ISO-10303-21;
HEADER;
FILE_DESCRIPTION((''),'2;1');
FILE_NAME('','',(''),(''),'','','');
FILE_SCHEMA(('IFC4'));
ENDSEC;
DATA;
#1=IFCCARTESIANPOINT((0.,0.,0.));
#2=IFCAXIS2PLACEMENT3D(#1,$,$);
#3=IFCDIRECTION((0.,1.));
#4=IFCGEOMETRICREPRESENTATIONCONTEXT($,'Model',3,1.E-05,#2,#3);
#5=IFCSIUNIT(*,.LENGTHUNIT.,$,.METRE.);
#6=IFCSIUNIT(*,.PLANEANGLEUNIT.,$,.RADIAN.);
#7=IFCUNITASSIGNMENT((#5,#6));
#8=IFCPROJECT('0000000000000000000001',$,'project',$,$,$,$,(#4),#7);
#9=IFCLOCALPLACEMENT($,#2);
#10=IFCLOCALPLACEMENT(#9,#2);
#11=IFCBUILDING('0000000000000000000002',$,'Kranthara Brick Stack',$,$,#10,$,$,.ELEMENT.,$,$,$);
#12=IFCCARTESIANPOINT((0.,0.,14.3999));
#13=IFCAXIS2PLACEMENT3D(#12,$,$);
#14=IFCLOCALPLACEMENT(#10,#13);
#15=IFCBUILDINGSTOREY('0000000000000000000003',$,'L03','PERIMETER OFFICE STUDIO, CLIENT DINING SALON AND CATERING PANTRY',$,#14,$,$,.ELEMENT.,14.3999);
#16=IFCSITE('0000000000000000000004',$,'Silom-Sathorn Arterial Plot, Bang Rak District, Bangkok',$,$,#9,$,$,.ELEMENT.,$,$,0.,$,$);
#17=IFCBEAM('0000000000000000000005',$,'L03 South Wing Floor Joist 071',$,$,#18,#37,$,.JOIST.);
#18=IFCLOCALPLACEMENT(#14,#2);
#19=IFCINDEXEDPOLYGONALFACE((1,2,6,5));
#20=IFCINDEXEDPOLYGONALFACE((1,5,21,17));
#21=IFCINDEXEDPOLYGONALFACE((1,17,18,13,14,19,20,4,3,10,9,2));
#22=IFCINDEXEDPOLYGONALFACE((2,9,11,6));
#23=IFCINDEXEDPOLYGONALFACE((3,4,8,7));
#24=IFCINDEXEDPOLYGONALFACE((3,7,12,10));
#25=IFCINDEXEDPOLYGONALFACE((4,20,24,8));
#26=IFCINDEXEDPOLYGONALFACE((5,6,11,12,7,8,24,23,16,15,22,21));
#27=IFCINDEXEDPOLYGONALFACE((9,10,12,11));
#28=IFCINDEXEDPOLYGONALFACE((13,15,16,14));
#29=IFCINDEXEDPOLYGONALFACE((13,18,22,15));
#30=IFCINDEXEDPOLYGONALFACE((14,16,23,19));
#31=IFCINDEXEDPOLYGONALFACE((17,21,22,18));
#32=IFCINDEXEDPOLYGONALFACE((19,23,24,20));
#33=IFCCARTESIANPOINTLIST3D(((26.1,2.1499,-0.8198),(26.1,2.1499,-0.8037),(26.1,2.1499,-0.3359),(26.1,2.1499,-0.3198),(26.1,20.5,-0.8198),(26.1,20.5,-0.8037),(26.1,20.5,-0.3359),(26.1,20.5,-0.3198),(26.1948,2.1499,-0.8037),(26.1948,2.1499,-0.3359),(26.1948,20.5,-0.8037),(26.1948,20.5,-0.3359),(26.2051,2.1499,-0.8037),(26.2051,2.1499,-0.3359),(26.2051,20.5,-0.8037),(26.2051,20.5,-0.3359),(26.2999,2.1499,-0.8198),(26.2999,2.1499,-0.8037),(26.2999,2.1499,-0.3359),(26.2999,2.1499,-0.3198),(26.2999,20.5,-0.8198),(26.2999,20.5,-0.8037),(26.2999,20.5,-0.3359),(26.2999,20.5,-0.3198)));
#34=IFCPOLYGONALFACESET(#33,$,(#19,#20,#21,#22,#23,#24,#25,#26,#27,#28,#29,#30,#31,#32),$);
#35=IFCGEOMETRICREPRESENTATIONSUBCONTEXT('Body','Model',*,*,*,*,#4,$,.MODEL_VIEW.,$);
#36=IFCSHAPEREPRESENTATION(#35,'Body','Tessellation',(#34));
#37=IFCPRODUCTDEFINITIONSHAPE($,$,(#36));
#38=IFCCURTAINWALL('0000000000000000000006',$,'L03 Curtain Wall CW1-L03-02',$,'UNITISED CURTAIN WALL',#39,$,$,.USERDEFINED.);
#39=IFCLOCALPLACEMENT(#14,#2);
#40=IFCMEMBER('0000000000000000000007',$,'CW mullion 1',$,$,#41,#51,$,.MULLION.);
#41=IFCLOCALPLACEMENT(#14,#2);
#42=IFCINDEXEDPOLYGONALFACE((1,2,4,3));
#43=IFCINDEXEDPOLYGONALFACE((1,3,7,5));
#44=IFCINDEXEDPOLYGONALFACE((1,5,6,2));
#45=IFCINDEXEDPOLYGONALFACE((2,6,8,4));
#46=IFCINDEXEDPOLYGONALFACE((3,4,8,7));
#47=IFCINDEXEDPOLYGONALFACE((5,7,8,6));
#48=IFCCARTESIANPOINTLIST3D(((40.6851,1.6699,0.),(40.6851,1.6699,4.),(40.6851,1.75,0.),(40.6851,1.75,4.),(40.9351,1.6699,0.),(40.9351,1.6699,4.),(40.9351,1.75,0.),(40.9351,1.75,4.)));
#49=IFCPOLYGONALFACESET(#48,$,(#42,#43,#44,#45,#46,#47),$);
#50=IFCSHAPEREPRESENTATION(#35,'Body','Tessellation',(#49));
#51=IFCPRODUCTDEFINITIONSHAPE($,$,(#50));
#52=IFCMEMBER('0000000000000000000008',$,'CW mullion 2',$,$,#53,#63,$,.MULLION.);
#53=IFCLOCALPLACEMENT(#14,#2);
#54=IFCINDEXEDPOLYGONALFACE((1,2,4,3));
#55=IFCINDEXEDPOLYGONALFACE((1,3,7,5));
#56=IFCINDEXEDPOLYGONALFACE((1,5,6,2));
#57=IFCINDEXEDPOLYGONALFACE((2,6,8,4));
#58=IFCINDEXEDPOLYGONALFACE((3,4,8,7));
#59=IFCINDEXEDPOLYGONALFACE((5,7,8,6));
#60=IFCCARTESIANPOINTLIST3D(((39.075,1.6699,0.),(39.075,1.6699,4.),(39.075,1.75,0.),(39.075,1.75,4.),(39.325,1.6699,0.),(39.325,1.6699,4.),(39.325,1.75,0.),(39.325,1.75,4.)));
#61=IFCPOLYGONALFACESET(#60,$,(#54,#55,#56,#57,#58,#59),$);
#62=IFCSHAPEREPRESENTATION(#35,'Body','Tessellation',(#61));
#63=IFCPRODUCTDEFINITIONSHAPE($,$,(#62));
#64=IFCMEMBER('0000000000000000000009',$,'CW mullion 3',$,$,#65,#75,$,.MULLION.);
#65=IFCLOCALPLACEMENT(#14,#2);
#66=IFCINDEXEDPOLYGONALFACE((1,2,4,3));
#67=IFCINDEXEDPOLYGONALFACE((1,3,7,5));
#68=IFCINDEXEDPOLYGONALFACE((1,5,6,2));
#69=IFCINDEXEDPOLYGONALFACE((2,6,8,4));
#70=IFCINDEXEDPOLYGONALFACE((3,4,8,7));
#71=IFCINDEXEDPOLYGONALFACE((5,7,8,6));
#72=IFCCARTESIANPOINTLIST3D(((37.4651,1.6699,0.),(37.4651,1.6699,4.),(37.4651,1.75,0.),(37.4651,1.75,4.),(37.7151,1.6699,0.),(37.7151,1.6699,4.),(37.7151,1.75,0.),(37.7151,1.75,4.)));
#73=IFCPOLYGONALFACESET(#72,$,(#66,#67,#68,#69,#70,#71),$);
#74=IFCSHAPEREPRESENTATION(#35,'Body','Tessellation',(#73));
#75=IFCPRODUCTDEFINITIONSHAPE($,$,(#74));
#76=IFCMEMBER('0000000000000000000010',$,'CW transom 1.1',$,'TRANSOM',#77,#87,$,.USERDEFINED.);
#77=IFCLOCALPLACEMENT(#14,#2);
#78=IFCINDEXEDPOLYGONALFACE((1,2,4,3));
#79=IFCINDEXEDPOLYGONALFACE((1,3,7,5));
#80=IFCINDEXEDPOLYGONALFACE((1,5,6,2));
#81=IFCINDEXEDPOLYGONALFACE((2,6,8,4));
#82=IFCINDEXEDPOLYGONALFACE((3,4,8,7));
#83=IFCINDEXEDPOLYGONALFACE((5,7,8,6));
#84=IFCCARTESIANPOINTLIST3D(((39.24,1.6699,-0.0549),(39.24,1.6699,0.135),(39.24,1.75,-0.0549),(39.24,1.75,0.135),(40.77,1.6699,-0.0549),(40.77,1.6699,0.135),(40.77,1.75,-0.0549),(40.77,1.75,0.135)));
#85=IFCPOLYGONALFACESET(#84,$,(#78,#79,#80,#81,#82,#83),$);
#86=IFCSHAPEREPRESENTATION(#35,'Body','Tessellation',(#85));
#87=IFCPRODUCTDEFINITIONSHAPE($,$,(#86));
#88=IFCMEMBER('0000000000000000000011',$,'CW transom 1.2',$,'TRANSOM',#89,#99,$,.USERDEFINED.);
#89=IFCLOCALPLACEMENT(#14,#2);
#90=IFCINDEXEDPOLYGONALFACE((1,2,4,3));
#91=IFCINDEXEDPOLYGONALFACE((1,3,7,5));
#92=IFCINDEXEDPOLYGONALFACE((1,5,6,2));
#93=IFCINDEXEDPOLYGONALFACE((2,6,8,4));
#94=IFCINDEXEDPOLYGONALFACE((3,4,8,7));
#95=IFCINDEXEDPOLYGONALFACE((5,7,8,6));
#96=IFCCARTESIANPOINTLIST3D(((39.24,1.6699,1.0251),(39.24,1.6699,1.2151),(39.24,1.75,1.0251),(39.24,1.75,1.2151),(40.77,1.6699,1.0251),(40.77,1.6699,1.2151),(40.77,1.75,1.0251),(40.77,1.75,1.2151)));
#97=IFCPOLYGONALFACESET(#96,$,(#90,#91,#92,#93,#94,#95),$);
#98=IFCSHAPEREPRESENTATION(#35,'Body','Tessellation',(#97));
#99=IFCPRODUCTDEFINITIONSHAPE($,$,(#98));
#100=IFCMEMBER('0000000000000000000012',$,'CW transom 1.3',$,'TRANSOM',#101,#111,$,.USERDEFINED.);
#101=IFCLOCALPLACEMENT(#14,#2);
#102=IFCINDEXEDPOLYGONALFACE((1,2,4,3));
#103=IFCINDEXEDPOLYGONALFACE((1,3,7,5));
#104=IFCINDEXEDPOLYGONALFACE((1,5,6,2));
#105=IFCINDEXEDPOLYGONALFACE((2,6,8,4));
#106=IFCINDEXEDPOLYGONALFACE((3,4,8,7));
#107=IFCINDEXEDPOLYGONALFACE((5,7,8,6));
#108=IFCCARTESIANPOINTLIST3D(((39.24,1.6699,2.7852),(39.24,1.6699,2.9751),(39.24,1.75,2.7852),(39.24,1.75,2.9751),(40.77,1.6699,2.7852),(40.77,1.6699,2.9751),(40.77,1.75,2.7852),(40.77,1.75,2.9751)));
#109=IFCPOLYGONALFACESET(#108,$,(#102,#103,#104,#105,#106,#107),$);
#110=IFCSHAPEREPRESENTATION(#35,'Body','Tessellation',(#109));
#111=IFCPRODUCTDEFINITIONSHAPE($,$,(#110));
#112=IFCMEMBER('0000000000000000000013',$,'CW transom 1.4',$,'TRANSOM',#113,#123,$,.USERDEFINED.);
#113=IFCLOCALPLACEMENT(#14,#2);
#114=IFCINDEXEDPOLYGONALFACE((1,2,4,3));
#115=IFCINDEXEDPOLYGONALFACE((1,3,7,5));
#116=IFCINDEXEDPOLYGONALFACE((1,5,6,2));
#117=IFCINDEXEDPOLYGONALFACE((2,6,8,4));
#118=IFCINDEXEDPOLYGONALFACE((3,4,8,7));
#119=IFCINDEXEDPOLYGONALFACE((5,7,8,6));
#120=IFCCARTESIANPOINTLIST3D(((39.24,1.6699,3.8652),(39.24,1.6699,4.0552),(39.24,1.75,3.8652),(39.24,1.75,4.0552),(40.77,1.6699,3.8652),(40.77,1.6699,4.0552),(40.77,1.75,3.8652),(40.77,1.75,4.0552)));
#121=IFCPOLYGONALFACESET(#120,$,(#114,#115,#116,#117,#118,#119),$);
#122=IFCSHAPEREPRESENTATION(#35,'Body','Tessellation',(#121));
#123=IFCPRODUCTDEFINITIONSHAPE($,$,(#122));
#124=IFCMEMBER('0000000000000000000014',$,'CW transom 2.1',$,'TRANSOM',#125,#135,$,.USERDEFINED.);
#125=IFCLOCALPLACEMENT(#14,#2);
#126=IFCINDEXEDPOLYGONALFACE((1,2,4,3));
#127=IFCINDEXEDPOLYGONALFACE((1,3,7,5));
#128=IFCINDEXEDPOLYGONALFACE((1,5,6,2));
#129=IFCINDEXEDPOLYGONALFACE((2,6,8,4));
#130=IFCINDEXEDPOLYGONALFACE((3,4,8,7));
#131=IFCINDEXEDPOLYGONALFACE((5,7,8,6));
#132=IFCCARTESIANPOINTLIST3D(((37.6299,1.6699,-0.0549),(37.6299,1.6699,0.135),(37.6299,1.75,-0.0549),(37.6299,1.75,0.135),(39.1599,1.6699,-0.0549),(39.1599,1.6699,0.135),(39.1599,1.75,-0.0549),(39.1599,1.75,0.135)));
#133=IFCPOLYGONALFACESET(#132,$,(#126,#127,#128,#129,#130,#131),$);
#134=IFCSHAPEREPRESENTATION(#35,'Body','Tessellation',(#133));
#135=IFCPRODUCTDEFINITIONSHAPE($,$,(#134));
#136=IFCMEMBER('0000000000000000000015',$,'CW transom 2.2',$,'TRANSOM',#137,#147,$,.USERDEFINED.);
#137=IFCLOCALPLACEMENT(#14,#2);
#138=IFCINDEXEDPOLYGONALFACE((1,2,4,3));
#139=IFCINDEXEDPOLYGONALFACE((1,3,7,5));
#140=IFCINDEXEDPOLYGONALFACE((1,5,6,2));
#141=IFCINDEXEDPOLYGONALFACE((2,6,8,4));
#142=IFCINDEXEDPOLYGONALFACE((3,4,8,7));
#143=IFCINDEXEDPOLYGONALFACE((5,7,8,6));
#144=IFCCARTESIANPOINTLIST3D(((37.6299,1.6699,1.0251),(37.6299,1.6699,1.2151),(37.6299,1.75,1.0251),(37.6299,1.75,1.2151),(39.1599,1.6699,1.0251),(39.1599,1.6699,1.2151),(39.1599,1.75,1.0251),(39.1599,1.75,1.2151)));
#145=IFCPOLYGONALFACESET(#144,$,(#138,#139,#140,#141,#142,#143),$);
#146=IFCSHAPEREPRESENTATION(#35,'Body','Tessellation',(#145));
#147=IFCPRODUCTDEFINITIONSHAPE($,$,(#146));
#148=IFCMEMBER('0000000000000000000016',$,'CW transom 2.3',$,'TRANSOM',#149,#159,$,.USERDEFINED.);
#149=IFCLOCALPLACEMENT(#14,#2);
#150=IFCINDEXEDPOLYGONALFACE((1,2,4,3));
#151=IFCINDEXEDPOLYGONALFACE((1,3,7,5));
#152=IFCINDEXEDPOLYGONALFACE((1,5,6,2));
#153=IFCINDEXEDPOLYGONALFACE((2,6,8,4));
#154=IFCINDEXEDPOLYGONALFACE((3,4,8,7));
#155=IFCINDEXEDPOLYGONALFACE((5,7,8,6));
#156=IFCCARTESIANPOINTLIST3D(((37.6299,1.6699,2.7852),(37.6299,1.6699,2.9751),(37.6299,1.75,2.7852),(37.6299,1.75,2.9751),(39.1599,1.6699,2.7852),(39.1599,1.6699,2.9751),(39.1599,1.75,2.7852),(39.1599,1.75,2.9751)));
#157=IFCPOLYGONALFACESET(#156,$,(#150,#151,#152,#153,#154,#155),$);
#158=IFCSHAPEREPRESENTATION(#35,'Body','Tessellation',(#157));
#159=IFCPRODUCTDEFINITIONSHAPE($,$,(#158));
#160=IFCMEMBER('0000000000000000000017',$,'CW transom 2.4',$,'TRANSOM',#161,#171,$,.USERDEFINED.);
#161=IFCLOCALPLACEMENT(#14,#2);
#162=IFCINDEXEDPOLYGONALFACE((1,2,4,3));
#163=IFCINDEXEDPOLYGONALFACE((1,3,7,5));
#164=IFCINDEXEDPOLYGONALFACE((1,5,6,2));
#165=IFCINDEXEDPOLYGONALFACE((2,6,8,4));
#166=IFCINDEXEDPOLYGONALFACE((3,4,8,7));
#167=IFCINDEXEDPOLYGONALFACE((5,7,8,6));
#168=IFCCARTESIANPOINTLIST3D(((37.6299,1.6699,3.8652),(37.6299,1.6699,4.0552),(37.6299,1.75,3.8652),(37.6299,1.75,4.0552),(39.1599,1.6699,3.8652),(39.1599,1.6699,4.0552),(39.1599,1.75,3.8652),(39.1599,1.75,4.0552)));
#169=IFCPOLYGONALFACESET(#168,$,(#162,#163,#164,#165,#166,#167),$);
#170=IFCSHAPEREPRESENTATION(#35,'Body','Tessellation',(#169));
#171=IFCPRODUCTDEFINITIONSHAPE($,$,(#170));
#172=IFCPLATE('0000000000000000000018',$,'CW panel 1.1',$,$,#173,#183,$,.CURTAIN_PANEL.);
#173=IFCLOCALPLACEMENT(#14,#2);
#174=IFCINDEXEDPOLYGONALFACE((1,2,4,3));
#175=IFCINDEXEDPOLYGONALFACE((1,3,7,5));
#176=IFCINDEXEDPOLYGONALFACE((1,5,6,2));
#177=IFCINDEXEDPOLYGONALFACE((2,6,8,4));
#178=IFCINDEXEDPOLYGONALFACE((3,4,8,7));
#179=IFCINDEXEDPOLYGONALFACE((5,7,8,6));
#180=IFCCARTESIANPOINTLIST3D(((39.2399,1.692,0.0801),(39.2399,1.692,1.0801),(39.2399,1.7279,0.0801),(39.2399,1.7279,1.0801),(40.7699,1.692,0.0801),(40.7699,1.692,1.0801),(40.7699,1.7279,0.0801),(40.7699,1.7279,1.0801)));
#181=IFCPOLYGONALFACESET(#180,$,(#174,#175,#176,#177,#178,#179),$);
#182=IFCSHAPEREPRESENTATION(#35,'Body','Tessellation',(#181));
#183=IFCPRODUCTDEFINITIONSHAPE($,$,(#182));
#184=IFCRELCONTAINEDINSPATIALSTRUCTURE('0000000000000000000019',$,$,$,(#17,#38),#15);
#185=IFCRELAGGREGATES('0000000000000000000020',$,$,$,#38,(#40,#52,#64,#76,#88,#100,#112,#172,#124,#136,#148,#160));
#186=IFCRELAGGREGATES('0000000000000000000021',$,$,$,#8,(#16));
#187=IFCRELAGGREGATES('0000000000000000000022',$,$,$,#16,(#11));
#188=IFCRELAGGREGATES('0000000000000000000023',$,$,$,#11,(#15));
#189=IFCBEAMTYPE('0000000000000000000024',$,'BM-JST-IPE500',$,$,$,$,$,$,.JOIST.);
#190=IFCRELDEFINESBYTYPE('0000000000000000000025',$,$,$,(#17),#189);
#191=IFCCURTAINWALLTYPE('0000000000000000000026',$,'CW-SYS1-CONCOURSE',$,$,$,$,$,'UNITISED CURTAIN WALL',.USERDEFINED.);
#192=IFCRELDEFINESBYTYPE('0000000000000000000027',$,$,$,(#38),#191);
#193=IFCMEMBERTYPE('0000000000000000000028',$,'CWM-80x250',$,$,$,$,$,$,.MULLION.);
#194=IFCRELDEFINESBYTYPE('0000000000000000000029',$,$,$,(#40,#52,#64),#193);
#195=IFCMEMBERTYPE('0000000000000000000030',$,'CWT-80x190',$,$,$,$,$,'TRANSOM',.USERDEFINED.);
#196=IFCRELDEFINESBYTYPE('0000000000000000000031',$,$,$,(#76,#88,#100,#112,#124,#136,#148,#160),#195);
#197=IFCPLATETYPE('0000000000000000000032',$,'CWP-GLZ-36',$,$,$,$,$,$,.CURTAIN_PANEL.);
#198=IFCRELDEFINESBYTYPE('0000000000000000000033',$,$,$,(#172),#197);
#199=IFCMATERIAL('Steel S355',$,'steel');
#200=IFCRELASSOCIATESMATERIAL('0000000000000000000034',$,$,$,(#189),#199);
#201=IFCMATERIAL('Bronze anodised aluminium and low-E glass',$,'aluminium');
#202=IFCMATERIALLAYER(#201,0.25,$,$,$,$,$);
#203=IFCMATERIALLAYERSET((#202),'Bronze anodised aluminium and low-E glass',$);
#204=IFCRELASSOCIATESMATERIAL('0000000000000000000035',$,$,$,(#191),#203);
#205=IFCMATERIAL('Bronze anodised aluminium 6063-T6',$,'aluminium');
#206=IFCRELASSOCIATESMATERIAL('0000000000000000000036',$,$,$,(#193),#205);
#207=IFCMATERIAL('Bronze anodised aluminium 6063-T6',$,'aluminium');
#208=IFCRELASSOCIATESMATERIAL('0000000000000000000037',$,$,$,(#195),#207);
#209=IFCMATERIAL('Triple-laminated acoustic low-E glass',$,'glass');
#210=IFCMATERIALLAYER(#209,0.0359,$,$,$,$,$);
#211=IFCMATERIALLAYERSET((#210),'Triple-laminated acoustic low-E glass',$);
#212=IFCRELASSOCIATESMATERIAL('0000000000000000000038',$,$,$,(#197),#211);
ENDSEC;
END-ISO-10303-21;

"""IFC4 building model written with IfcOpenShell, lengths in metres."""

from ifc_helpers import new_model, si_unit, direction, frame, origin, origin_2d, place, context, subcontext, project, spatial, rectangle, i_section, extrude, material, layer, layer_set, material_profile, profile_set, type_object, element, aggregate, save


model = new_model("IFC4")

# Units and contexts
model_context = context("Model", 3, precision=1e-05, world=origin(), true_north=direction((0.0, 1.0)))
body_context = subcontext(model_context, "Body", "Model", "MODEL_VIEW")
ifc_project = project(units=[si_unit("LENGTHUNIT", "METRE"), si_unit("PLANEANGLEUNIT", "RADIAN")], contexts=[model_context])

# Site, building, storey
site_placement = place(None, origin())
site = spatial("IfcSite", under=ifc_project, at=site_placement, Name="Silom-Sathorn Arterial Plot, Bang Rak District, Bangkok", CompositionType="ELEMENT", RefElevation=0.0)
building_placement = place(site_placement, origin())
building = spatial("IfcBuilding", under=site, at=building_placement, Name="Kranthara Brick Stack", CompositionType="ELEMENT")
storey_placement = place(building_placement, frame((0.0, 0.0, 14.3999)))
storey = spatial("IfcBuildingStorey", under=building, at=storey_placement, Name="L03", Description="PERIMETER OFFICE STUDIO, CLIENT DINING SALON AND CATERING PANTRY", CompositionType="ELEMENT", Elevation=14.3999)

# Beam
ifc_material_1 = material(Name="Steel S355", Category="steel")
ifc_material_profile_1 = material_profile(ifc_material_1, i_section(OverallWidth=0.2, OverallDepth=0.5, WebThickness=0.0103, FlangeThickness=0.0161, at=origin_2d()), Name="IPE 500")
ifc_profile_set_1 = profile_set([ifc_material_profile_1], Name="Steel S355")
beam_type = type_object("IfcBeamType", Name="BM-JST-IPE500", PredefinedType="JOIST", material=ifc_profile_set_1)
beam_placement = place(storey_placement, frame((26.2, 2.1499, -0.5698), z_axis=(0.0, 1.0, 0.0), x_axis=(-1.0, 0.0, 0.0)))
element("IfcBeam", 1, at=beam_placement, inside=storey, type_object=beam_type, Name="L03 South Wing Floor Joist 071", PredefinedType="JOIST", context=body_context, shape_type="SweptSolid", body=[
    extrude(i_section(OverallWidth=0.2, OverallDepth=0.5, WebThickness=0.0103, FlangeThickness=0.0161, at=origin_2d()), origin(), (0.0, 0.0, 1.0), 18.3501),
])

# Curtain wall, members, plate
ifc_material_2 = material(Name="Bronze anodised aluminium and low-E glass", Category="aluminium")
ifc_layer_1 = layer(ifc_material_2, 0.25)
ifc_layer_set_1 = layer_set([ifc_layer_1], Name="Bronze anodised aluminium and low-E glass")
curtain_wall_type = type_object("IfcCurtainWallType", Name="CW-SYS1-CONCOURSE", ElementType="UNITISED CURTAIN WALL", PredefinedType="USERDEFINED", material=ifc_layer_set_1)
curtain_wall_placement = place(storey_placement, origin())
curtain_wall = element("IfcCurtainWall", 2, at=curtain_wall_placement, inside=storey, type_object=curtain_wall_type, Name="L03 Curtain Wall CW1-L03-02", ObjectType="UNITISED CURTAIN WALL", PredefinedType="USERDEFINED")
ifc_material_3 = material(Name="Bronze anodised aluminium 6063-T6", Category="aluminium")
ifc_material_profile_2 = material_profile(ifc_material_3, rectangle(XDim=0.0801, YDim=0.25, at=origin_2d()), Name="ALU MULLION 80x250")
ifc_profile_set_2 = profile_set([ifc_material_profile_2], Name="Bronze anodised aluminium 6063-T6")
member_type_1 = type_object("IfcMemberType", Name="CWM-80x250", PredefinedType="MULLION", material=ifc_profile_set_2)
member_1_placement = place(storey_placement, frame((40.8101, 1.71, 0.0), z_axis=(0.0, 0.0, 1.0), x_axis=(0.0, -1.0, 0.0)))
member_1 = element("IfcMember", 3, at=member_1_placement, type_object=member_type_1, Name="CW mullion 1", PredefinedType="MULLION", context=body_context, shape_type="SweptSolid", body=[
    extrude(rectangle(XDim=0.0801, YDim=0.25, at=origin_2d()), origin(), (0.0, 0.0, 1.0), 4.0),
])
member_2_placement = place(storey_placement, frame((39.2, 1.71, 0.0), z_axis=(0.0, 0.0, 1.0), x_axis=(0.0, -1.0, 0.0)))
member_2 = element("IfcMember", 4, at=member_2_placement, type_object=member_type_1, Name="CW mullion 2", PredefinedType="MULLION", context=body_context, shape_type="SweptSolid", body=[
    extrude(rectangle(XDim=0.0801, YDim=0.25, at=origin_2d()), origin(), (0.0, 0.0, 1.0), 4.0),
])
member_3_placement = place(storey_placement, frame((37.5901, 1.71, 0.0), z_axis=(0.0, 0.0, 1.0), x_axis=(0.0, -1.0, 0.0)))
member_3 = element("IfcMember", 5, at=member_3_placement, type_object=member_type_1, Name="CW mullion 3", PredefinedType="MULLION", context=body_context, shape_type="SweptSolid", body=[
    extrude(rectangle(XDim=0.0801, YDim=0.25, at=origin_2d()), origin(), (0.0, 0.0, 1.0), 4.0),
])
ifc_material_4 = material(Name="Bronze anodised aluminium 6063-T6", Category="aluminium")
ifc_material_profile_3 = material_profile(ifc_material_4, rectangle(XDim=0.0801, YDim=0.1899, at=origin_2d()), Name="ALU TRANSOM 80x190")
ifc_profile_set_3 = profile_set([ifc_material_profile_3], Name="Bronze anodised aluminium 6063-T6")
member_type_2 = type_object("IfcMemberType", Name="CWT-80x190", ElementType="TRANSOM", PredefinedType="USERDEFINED", material=ifc_profile_set_3)
member_4_placement = place(storey_placement, frame((40.77, 1.71, 0.04), z_axis=(-1.0, 0.0, 0.0), x_axis=(0.0, -1.0, 0.0)))
member_4 = element("IfcMember", 6, at=member_4_placement, type_object=member_type_2, Name="CW transom 1.1", ObjectType="TRANSOM", PredefinedType="USERDEFINED", context=body_context, shape_type="SweptSolid", body=[
    extrude(rectangle(XDim=0.0801, YDim=0.1899, at=origin_2d()), origin(), (0.0, 0.0, 1.0), 1.53),
])
member_5_placement = place(storey_placement, frame((40.77, 1.71, 1.1201), z_axis=(-1.0, 0.0, 0.0), x_axis=(0.0, -1.0, 0.0)))
member_5 = element("IfcMember", 7, at=member_5_placement, type_object=member_type_2, Name="CW transom 1.2", ObjectType="TRANSOM", PredefinedType="USERDEFINED", context=body_context, shape_type="SweptSolid", body=[
    extrude(rectangle(XDim=0.0801, YDim=0.1899, at=origin_2d()), origin(), (0.0, 0.0, 1.0), 1.53),
])
member_6_placement = place(storey_placement, frame((40.77, 1.71, 2.8801), z_axis=(-1.0, 0.0, 0.0), x_axis=(0.0, -1.0, 0.0)))
member_6 = element("IfcMember", 8, at=member_6_placement, type_object=member_type_2, Name="CW transom 1.3", ObjectType="TRANSOM", PredefinedType="USERDEFINED", context=body_context, shape_type="SweptSolid", body=[
    extrude(rectangle(XDim=0.0801, YDim=0.1899, at=origin_2d()), origin(), (0.0, 0.0, 1.0), 1.53),
])
member_7_placement = place(storey_placement, frame((40.77, 1.71, 3.9602), z_axis=(-1.0, 0.0, 0.0), x_axis=(0.0, -1.0, 0.0)))
member_7 = element("IfcMember", 9, at=member_7_placement, type_object=member_type_2, Name="CW transom 1.4", ObjectType="TRANSOM", PredefinedType="USERDEFINED", context=body_context, shape_type="SweptSolid", body=[
    extrude(rectangle(XDim=0.0801, YDim=0.1899, at=origin_2d()), origin(), (0.0, 0.0, 1.0), 1.53),
])
member_8_placement = place(storey_placement, frame((39.1599, 1.71, 0.04), z_axis=(-1.0, 0.0, 0.0), x_axis=(0.0, -1.0, 0.0)))
member_8 = element("IfcMember", 10, at=member_8_placement, type_object=member_type_2, Name="CW transom 2.1", ObjectType="TRANSOM", PredefinedType="USERDEFINED", context=body_context, shape_type="SweptSolid", body=[
    extrude(rectangle(XDim=0.0801, YDim=0.1899, at=origin_2d()), origin(), (0.0, 0.0, 1.0), 1.53),
])
member_9_placement = place(storey_placement, frame((39.1599, 1.71, 1.1201), z_axis=(-1.0, 0.0, 0.0), x_axis=(0.0, -1.0, 0.0)))
member_9 = element("IfcMember", 11, at=member_9_placement, type_object=member_type_2, Name="CW transom 2.2", ObjectType="TRANSOM", PredefinedType="USERDEFINED", context=body_context, shape_type="SweptSolid", body=[
    extrude(rectangle(XDim=0.0801, YDim=0.1899, at=origin_2d()), origin(), (0.0, 0.0, 1.0), 1.53),
])
member_10_placement = place(storey_placement, frame((39.1599, 1.71, 2.8801), z_axis=(-1.0, 0.0, 0.0), x_axis=(0.0, -1.0, 0.0)))
member_10 = element("IfcMember", 12, at=member_10_placement, type_object=member_type_2, Name="CW transom 2.3", ObjectType="TRANSOM", PredefinedType="USERDEFINED", context=body_context, shape_type="SweptSolid", body=[
    extrude(rectangle(XDim=0.0801, YDim=0.1899, at=origin_2d()), origin(), (0.0, 0.0, 1.0), 1.53),
])
member_11_placement = place(storey_placement, frame((39.1599, 1.71, 3.9602), z_axis=(-1.0, 0.0, 0.0), x_axis=(0.0, -1.0, 0.0)))
member_11 = element("IfcMember", 13, at=member_11_placement, type_object=member_type_2, Name="CW transom 2.4", ObjectType="TRANSOM", PredefinedType="USERDEFINED", context=body_context, shape_type="SweptSolid", body=[
    extrude(rectangle(XDim=0.0801, YDim=0.1899, at=origin_2d()), origin(), (0.0, 0.0, 1.0), 1.53),
])
ifc_material_5 = material(Name="Triple-laminated acoustic low-E glass", Category="glass")
ifc_layer_2 = layer(ifc_material_5, 0.0359)
ifc_layer_set_2 = layer_set([ifc_layer_2], Name="Triple-laminated acoustic low-E glass")
plate_type = type_object("IfcPlateType", Name="CWP-GLZ-36", PredefinedType="CURTAIN_PANEL", material=ifc_layer_set_2)
plate_1_placement = place(storey_placement, frame((40.0049, 1.71, 0.0801), z_axis=(0.0, 0.0, 1.0), x_axis=(-1.0, 0.0, 0.0)))
plate_1 = element("IfcPlate", 14, at=plate_1_placement, type_object=plate_type, Name="CW panel 1.1", PredefinedType="CURTAIN_PANEL", context=body_context, shape_type="SweptSolid", body=[
    extrude(rectangle(XDim=1.53, YDim=0.0359, at=origin_2d()), origin(), (0.0, 0.0, 1.0), 1.0),
])
aggregate(curtain_wall, [member_1, member_2, member_3, member_4, member_5, member_6, member_7, plate_1, member_8, member_9, member_10, member_11])

save(model, "model.ifc")
